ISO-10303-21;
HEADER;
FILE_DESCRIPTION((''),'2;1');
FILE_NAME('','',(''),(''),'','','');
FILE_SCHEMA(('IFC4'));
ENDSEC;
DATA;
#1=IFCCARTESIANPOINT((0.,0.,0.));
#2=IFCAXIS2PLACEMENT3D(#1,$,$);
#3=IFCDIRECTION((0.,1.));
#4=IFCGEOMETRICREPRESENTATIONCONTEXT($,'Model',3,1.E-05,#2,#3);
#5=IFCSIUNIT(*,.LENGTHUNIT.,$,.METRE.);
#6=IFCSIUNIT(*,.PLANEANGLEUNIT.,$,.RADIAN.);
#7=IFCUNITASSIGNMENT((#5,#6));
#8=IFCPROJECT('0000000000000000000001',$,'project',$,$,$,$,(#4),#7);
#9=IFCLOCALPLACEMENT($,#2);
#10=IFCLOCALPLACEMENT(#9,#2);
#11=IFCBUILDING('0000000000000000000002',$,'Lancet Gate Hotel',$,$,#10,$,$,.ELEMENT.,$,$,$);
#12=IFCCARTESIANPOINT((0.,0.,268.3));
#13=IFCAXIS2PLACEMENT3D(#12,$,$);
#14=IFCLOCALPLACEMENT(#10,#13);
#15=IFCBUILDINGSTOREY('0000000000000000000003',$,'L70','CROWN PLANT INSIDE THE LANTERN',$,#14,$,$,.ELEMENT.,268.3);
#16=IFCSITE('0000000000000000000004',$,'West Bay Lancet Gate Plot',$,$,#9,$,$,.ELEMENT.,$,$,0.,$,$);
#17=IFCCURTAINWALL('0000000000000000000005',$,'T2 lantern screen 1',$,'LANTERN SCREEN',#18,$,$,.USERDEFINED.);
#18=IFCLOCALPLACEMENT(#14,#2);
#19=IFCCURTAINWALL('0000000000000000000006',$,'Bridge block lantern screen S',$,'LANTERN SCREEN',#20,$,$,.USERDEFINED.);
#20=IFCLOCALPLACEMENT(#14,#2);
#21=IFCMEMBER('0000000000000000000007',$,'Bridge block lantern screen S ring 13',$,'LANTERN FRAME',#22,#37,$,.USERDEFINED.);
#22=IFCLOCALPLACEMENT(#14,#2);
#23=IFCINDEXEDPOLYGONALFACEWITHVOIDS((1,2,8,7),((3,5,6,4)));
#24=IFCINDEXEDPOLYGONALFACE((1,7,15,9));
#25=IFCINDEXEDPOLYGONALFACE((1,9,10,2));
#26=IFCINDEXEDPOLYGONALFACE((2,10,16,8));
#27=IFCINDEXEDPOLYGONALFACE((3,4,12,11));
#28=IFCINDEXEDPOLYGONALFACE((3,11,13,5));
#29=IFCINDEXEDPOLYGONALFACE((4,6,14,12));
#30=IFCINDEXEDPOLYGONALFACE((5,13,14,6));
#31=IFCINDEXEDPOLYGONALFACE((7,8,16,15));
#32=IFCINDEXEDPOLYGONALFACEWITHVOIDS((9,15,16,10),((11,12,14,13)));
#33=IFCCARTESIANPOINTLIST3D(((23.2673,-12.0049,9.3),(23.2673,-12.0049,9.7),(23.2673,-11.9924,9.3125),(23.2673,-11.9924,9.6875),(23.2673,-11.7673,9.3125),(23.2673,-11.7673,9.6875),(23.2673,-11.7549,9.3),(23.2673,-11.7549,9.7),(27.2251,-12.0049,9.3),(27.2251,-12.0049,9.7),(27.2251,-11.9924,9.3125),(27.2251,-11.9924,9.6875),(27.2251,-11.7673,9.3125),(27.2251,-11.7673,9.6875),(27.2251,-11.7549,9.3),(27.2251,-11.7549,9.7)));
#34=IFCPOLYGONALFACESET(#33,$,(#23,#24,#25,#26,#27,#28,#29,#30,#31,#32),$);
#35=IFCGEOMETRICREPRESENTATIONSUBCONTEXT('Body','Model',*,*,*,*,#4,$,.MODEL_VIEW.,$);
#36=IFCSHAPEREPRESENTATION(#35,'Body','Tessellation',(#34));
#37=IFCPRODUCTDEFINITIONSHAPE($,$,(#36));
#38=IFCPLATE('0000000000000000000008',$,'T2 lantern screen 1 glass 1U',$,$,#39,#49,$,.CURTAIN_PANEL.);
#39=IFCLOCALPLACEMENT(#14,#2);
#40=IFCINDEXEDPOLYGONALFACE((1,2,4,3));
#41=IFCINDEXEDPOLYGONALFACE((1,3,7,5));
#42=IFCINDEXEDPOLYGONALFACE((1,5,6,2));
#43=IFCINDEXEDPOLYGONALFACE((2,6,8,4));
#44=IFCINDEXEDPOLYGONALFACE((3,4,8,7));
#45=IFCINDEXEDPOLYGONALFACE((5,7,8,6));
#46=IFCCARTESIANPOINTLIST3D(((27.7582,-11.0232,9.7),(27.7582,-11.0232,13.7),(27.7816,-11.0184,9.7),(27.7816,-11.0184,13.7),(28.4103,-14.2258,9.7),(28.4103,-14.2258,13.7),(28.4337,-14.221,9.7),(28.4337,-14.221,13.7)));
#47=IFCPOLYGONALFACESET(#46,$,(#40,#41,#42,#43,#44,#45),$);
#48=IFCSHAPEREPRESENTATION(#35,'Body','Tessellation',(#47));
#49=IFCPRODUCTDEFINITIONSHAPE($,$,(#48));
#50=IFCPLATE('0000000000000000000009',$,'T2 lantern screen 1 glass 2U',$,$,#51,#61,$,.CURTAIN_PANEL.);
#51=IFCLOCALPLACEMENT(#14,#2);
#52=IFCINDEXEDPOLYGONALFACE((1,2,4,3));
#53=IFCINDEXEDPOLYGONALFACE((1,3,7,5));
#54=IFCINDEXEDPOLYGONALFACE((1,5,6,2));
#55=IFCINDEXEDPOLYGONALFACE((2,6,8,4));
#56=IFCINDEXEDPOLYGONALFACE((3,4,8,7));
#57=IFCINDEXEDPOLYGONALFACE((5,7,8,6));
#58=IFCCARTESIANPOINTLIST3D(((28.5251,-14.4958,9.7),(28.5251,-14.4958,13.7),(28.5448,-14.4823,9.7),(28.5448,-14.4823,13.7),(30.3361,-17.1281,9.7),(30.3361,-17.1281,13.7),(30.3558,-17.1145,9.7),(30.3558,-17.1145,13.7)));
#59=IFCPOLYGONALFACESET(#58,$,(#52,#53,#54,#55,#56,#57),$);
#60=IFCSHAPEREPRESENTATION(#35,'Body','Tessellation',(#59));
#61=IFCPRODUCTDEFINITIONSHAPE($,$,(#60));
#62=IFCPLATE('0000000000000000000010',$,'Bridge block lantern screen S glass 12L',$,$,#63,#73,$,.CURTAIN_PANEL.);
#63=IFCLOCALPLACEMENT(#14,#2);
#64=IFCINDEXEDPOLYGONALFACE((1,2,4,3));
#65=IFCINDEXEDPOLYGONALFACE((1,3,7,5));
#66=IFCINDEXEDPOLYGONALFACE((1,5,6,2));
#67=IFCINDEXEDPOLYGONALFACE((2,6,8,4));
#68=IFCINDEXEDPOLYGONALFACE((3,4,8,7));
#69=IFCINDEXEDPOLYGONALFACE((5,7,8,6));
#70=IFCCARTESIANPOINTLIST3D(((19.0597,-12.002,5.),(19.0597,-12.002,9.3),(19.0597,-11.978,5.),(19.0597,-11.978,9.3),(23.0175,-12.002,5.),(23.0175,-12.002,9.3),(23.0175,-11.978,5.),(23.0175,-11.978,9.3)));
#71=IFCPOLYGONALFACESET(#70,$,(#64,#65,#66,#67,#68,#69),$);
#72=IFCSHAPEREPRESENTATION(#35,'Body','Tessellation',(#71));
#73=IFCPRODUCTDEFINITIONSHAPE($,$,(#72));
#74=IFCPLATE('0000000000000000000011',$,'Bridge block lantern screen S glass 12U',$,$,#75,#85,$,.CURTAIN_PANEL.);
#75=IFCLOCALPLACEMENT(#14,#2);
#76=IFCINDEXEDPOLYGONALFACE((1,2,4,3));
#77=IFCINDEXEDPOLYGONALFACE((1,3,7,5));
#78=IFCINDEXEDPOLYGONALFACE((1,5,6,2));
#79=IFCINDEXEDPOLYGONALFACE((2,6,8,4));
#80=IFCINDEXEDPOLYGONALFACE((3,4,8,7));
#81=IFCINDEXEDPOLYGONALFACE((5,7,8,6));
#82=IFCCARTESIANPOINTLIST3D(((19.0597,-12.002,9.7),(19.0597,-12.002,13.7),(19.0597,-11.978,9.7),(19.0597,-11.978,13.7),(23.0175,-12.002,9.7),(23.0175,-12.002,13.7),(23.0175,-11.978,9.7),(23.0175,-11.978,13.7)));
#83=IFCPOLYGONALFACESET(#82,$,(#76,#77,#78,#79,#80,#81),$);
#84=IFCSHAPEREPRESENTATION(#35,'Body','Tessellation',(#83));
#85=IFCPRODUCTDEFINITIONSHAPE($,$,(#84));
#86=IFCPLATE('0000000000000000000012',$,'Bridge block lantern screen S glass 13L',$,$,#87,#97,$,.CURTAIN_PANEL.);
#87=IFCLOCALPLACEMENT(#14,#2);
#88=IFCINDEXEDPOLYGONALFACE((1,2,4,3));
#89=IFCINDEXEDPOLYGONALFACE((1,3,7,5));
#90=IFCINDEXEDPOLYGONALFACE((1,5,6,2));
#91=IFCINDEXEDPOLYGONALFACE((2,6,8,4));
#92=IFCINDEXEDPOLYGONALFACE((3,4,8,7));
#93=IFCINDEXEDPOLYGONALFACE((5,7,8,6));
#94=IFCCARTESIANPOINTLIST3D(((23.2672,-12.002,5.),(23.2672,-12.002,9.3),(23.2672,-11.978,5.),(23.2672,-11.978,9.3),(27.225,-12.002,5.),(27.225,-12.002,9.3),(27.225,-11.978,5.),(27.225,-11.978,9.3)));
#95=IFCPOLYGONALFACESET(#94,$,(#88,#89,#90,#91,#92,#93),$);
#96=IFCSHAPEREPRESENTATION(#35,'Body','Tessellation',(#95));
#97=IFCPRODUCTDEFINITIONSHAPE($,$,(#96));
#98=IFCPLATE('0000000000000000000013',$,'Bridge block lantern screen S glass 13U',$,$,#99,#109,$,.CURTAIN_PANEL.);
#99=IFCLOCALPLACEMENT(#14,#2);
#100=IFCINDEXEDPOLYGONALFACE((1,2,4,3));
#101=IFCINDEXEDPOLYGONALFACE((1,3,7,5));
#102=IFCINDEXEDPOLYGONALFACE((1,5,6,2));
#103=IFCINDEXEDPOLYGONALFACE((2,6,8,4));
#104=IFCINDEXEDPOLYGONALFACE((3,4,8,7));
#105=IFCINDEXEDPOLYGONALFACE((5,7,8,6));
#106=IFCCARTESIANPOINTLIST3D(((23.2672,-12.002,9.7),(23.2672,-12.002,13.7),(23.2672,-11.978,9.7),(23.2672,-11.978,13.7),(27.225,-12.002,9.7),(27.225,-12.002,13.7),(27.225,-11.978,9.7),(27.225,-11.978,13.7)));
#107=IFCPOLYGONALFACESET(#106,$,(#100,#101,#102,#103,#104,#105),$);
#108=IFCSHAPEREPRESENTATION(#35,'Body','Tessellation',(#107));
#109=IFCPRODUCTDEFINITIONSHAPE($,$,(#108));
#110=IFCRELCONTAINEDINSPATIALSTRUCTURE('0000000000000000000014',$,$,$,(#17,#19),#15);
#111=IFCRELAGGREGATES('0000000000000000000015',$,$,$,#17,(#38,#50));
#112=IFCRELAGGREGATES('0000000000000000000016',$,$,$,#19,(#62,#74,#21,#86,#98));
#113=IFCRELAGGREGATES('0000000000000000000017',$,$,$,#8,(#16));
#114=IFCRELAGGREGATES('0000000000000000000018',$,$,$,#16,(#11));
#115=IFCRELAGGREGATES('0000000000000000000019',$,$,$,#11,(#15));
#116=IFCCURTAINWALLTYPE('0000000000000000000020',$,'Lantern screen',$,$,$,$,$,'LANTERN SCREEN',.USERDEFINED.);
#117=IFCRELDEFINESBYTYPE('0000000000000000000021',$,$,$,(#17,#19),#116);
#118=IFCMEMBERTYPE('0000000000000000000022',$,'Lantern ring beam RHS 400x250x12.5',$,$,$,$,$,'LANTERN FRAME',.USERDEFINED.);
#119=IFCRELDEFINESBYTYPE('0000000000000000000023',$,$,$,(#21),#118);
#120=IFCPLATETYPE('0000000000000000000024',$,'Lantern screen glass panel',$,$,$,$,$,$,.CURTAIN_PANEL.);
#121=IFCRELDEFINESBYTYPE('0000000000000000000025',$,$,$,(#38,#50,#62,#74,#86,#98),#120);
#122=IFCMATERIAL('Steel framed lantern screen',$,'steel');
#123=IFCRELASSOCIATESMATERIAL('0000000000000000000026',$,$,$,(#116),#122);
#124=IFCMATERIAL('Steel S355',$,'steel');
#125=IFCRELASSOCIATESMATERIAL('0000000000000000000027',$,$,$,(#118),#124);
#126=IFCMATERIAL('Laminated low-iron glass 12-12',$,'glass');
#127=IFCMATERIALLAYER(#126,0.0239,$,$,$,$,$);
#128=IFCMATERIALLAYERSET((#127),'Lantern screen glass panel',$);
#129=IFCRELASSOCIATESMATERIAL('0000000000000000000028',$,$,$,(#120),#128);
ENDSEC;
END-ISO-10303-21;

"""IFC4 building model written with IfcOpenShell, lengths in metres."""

from ifc_helpers import new_model, si_unit, direction, frame, origin, origin_2d, place, context, subcontext, project, spatial, rectangle, hollow_rectangle, extrude, material, layer, layer_set, material_profile, profile_set, type_object, element, aggregate, save


model = new_model("IFC4")

# Units and contexts
model_context = context("Model", 3, precision=1e-05, world=origin(), true_north=direction((0.0, 1.0)))
body_context = subcontext(model_context, "Body", "Model", "MODEL_VIEW")
ifc_project = project(units=[si_unit("LENGTHUNIT", "METRE"), si_unit("PLANEANGLEUNIT", "RADIAN")], contexts=[model_context])

# Site, building, storey
site_placement = place(None, origin())
site = spatial("IfcSite", under=ifc_project, at=site_placement, Name="West Bay Lancet Gate Plot", CompositionType="ELEMENT", RefElevation=0.0)
building_placement = place(site_placement, origin())
building = spatial("IfcBuilding", under=site, at=building_placement, Name="Lancet Gate Hotel", CompositionType="ELEMENT")
storey_placement = place(building_placement, frame((0.0, 0.0, 268.3)))
storey = spatial("IfcBuildingStorey", under=building, at=storey_placement, Name="L70", Description="CROWN PLANT INSIDE THE LANTERN", CompositionType="ELEMENT", Elevation=268.3)

# Curtain walls
ifc_material_1 = material(Name="Steel framed lantern screen", Category="steel")
curtain_wall_type = type_object("IfcCurtainWallType", Name="Lantern screen", ElementType="LANTERN SCREEN", PredefinedType="USERDEFINED", material=ifc_material_1)
curtain_wall_1_placement = place(storey_placement, origin())
curtain_wall_1 = element("IfcCurtainWall", 1, at=curtain_wall_1_placement, inside=storey, type_object=curtain_wall_type, Name="T2 lantern screen 1", ObjectType="LANTERN SCREEN", PredefinedType="USERDEFINED")
curtain_wall_2_placement = place(storey_placement, origin())
curtain_wall_2 = element("IfcCurtainWall", 2, at=curtain_wall_2_placement, inside=storey, type_object=curtain_wall_type, Name="Bridge block lantern screen S", ObjectType="LANTERN SCREEN", PredefinedType="USERDEFINED")

# Member
ifc_material_2 = material(Name="Steel S355", Category="steel")
ifc_material_profile_1 = material_profile(ifc_material_2, hollow_rectangle(XDim=0.25, YDim=0.3999, WallThickness=0.0125, at=origin_2d()), Name="RHS 400x250x12.5")
ifc_profile_set_1 = profile_set([ifc_material_profile_1], Name="Steel S355")
member_type_1 = type_object("IfcMemberType", Name="Lantern ring beam RHS 400x250x12.5", ElementType="LANTERN FRAME", PredefinedType="USERDEFINED", material=ifc_profile_set_1)
member_1_placement = place(storey_placement, frame((23.2673, -11.8799, 9.5), z_axis=(1.0, 0.0, 0.0), x_axis=(0.0, 1.0, 0.0)))
member_1 = element("IfcMember", 3, at=member_1_placement, type_object=member_type_1, Name="Bridge block lantern screen S ring 13", ObjectType="LANTERN FRAME", PredefinedType="USERDEFINED", context=body_context, shape_type="SweptSolid", body=[
    extrude(hollow_rectangle(XDim=0.25, YDim=0.3999, WallThickness=0.0125, at=origin_2d()), origin(), (0.0, 0.0, 1.0), 3.9578),
])

# Plates
ifc_material_3 = material(Name="Laminated low-iron glass 12-12", Category="glass")
ifc_layer = layer(ifc_material_3, 0.0239)
ifc_layer_set = layer_set([ifc_layer], Name="Lantern screen glass panel")
plate_type = type_object("IfcPlateType", Name="Lantern screen glass panel", PredefinedType="CURTAIN_PANEL", material=ifc_layer_set)
plate_1_placement = place(storey_placement, frame((28.0959, -12.6221, 9.7), z_axis=(0.0, 0.0, 1.0), x_axis=(0.199533, -0.979891, 0.0)))
plate_1 = element("IfcPlate", 4, at=plate_1_placement, type_object=plate_type, Name="T2 lantern screen 1 glass 1U", PredefinedType="CURTAIN_PANEL", context=body_context, shape_type="SweptSolid", body=[
    extrude(rectangle(XDim=3.2683, YDim=0.0239, at=origin_2d()), origin(), (0.0, 0.0, 1.0), 4.0),
])
plate_2_placement = place(storey_placement, frame((29.4404, -15.8052, 9.7), z_axis=(0.0, 0.0, 1.0), x_axis=(0.566824, -0.823839, 0.0)))
plate_2 = element("IfcPlate", 5, at=plate_2_placement, type_object=plate_type, Name="T2 lantern screen 1 glass 2U", PredefinedType="CURTAIN_PANEL", context=body_context, shape_type="SweptSolid", body=[
    extrude(rectangle(XDim=3.1951, YDim=0.0239, at=origin_2d()), origin(), (0.0, 0.0, 1.0), 4.0),
])
aggregate(curtain_wall_1, [plate_1, plate_2])
plate_3_placement = place(storey_placement, frame((21.0386, -11.99, 5.0), z_axis=(0.0, 0.0, 1.0), x_axis=(1.0, 0.0, 0.0)))
plate_3 = element("IfcPlate", 6, at=plate_3_placement, type_object=plate_type, Name="Bridge block lantern screen S glass 12L", PredefinedType="CURTAIN_PANEL", context=body_context, shape_type="SweptSolid", body=[
    extrude(rectangle(XDim=3.9578, YDim=0.0239, at=origin_2d()), origin(), (0.0, 0.0, 1.0), 4.3),
])
plate_4_placement = place(storey_placement, frame((21.0386, -11.99, 9.7), z_axis=(0.0, 0.0, 1.0), x_axis=(1.0, 0.0, 0.0)))
plate_4 = element("IfcPlate", 7, at=plate_4_placement, type_object=plate_type, Name="Bridge block lantern screen S glass 12U", PredefinedType="CURTAIN_PANEL", context=body_context, shape_type="SweptSolid", body=[
    extrude(rectangle(XDim=3.9578, YDim=0.0239, at=origin_2d()), origin(), (0.0, 0.0, 1.0), 4.0),
])
plate_5_placement = place(storey_placement, frame((25.2461, -11.99, 5.0), z_axis=(0.0, 0.0, 1.0), x_axis=(1.0, 0.0, 0.0)))
plate_5 = element("IfcPlate", 8, at=plate_5_placement, type_object=plate_type, Name="Bridge block lantern screen S glass 13L", PredefinedType="CURTAIN_PANEL", context=body_context, shape_type="SweptSolid", body=[
    extrude(rectangle(XDim=3.9578, YDim=0.0239, at=origin_2d()), origin(), (0.0, 0.0, 1.0), 4.3),
])
plate_6_placement = place(storey_placement, frame((25.2461, -11.99, 9.7), z_axis=(0.0, 0.0, 1.0), x_axis=(1.0, 0.0, 0.0)))
plate_6 = element("IfcPlate", 9, at=plate_6_placement, type_object=plate_type, Name="Bridge block lantern screen S glass 13U", PredefinedType="CURTAIN_PANEL", context=body_context, shape_type="SweptSolid", body=[
    extrude(rectangle(XDim=3.9578, YDim=0.0239, at=origin_2d()), origin(), (0.0, 0.0, 1.0), 4.0),
])
aggregate(curtain_wall_2, [plate_3, plate_4, member_1, plate_5, plate_6])

save(model, "model.ifc")
